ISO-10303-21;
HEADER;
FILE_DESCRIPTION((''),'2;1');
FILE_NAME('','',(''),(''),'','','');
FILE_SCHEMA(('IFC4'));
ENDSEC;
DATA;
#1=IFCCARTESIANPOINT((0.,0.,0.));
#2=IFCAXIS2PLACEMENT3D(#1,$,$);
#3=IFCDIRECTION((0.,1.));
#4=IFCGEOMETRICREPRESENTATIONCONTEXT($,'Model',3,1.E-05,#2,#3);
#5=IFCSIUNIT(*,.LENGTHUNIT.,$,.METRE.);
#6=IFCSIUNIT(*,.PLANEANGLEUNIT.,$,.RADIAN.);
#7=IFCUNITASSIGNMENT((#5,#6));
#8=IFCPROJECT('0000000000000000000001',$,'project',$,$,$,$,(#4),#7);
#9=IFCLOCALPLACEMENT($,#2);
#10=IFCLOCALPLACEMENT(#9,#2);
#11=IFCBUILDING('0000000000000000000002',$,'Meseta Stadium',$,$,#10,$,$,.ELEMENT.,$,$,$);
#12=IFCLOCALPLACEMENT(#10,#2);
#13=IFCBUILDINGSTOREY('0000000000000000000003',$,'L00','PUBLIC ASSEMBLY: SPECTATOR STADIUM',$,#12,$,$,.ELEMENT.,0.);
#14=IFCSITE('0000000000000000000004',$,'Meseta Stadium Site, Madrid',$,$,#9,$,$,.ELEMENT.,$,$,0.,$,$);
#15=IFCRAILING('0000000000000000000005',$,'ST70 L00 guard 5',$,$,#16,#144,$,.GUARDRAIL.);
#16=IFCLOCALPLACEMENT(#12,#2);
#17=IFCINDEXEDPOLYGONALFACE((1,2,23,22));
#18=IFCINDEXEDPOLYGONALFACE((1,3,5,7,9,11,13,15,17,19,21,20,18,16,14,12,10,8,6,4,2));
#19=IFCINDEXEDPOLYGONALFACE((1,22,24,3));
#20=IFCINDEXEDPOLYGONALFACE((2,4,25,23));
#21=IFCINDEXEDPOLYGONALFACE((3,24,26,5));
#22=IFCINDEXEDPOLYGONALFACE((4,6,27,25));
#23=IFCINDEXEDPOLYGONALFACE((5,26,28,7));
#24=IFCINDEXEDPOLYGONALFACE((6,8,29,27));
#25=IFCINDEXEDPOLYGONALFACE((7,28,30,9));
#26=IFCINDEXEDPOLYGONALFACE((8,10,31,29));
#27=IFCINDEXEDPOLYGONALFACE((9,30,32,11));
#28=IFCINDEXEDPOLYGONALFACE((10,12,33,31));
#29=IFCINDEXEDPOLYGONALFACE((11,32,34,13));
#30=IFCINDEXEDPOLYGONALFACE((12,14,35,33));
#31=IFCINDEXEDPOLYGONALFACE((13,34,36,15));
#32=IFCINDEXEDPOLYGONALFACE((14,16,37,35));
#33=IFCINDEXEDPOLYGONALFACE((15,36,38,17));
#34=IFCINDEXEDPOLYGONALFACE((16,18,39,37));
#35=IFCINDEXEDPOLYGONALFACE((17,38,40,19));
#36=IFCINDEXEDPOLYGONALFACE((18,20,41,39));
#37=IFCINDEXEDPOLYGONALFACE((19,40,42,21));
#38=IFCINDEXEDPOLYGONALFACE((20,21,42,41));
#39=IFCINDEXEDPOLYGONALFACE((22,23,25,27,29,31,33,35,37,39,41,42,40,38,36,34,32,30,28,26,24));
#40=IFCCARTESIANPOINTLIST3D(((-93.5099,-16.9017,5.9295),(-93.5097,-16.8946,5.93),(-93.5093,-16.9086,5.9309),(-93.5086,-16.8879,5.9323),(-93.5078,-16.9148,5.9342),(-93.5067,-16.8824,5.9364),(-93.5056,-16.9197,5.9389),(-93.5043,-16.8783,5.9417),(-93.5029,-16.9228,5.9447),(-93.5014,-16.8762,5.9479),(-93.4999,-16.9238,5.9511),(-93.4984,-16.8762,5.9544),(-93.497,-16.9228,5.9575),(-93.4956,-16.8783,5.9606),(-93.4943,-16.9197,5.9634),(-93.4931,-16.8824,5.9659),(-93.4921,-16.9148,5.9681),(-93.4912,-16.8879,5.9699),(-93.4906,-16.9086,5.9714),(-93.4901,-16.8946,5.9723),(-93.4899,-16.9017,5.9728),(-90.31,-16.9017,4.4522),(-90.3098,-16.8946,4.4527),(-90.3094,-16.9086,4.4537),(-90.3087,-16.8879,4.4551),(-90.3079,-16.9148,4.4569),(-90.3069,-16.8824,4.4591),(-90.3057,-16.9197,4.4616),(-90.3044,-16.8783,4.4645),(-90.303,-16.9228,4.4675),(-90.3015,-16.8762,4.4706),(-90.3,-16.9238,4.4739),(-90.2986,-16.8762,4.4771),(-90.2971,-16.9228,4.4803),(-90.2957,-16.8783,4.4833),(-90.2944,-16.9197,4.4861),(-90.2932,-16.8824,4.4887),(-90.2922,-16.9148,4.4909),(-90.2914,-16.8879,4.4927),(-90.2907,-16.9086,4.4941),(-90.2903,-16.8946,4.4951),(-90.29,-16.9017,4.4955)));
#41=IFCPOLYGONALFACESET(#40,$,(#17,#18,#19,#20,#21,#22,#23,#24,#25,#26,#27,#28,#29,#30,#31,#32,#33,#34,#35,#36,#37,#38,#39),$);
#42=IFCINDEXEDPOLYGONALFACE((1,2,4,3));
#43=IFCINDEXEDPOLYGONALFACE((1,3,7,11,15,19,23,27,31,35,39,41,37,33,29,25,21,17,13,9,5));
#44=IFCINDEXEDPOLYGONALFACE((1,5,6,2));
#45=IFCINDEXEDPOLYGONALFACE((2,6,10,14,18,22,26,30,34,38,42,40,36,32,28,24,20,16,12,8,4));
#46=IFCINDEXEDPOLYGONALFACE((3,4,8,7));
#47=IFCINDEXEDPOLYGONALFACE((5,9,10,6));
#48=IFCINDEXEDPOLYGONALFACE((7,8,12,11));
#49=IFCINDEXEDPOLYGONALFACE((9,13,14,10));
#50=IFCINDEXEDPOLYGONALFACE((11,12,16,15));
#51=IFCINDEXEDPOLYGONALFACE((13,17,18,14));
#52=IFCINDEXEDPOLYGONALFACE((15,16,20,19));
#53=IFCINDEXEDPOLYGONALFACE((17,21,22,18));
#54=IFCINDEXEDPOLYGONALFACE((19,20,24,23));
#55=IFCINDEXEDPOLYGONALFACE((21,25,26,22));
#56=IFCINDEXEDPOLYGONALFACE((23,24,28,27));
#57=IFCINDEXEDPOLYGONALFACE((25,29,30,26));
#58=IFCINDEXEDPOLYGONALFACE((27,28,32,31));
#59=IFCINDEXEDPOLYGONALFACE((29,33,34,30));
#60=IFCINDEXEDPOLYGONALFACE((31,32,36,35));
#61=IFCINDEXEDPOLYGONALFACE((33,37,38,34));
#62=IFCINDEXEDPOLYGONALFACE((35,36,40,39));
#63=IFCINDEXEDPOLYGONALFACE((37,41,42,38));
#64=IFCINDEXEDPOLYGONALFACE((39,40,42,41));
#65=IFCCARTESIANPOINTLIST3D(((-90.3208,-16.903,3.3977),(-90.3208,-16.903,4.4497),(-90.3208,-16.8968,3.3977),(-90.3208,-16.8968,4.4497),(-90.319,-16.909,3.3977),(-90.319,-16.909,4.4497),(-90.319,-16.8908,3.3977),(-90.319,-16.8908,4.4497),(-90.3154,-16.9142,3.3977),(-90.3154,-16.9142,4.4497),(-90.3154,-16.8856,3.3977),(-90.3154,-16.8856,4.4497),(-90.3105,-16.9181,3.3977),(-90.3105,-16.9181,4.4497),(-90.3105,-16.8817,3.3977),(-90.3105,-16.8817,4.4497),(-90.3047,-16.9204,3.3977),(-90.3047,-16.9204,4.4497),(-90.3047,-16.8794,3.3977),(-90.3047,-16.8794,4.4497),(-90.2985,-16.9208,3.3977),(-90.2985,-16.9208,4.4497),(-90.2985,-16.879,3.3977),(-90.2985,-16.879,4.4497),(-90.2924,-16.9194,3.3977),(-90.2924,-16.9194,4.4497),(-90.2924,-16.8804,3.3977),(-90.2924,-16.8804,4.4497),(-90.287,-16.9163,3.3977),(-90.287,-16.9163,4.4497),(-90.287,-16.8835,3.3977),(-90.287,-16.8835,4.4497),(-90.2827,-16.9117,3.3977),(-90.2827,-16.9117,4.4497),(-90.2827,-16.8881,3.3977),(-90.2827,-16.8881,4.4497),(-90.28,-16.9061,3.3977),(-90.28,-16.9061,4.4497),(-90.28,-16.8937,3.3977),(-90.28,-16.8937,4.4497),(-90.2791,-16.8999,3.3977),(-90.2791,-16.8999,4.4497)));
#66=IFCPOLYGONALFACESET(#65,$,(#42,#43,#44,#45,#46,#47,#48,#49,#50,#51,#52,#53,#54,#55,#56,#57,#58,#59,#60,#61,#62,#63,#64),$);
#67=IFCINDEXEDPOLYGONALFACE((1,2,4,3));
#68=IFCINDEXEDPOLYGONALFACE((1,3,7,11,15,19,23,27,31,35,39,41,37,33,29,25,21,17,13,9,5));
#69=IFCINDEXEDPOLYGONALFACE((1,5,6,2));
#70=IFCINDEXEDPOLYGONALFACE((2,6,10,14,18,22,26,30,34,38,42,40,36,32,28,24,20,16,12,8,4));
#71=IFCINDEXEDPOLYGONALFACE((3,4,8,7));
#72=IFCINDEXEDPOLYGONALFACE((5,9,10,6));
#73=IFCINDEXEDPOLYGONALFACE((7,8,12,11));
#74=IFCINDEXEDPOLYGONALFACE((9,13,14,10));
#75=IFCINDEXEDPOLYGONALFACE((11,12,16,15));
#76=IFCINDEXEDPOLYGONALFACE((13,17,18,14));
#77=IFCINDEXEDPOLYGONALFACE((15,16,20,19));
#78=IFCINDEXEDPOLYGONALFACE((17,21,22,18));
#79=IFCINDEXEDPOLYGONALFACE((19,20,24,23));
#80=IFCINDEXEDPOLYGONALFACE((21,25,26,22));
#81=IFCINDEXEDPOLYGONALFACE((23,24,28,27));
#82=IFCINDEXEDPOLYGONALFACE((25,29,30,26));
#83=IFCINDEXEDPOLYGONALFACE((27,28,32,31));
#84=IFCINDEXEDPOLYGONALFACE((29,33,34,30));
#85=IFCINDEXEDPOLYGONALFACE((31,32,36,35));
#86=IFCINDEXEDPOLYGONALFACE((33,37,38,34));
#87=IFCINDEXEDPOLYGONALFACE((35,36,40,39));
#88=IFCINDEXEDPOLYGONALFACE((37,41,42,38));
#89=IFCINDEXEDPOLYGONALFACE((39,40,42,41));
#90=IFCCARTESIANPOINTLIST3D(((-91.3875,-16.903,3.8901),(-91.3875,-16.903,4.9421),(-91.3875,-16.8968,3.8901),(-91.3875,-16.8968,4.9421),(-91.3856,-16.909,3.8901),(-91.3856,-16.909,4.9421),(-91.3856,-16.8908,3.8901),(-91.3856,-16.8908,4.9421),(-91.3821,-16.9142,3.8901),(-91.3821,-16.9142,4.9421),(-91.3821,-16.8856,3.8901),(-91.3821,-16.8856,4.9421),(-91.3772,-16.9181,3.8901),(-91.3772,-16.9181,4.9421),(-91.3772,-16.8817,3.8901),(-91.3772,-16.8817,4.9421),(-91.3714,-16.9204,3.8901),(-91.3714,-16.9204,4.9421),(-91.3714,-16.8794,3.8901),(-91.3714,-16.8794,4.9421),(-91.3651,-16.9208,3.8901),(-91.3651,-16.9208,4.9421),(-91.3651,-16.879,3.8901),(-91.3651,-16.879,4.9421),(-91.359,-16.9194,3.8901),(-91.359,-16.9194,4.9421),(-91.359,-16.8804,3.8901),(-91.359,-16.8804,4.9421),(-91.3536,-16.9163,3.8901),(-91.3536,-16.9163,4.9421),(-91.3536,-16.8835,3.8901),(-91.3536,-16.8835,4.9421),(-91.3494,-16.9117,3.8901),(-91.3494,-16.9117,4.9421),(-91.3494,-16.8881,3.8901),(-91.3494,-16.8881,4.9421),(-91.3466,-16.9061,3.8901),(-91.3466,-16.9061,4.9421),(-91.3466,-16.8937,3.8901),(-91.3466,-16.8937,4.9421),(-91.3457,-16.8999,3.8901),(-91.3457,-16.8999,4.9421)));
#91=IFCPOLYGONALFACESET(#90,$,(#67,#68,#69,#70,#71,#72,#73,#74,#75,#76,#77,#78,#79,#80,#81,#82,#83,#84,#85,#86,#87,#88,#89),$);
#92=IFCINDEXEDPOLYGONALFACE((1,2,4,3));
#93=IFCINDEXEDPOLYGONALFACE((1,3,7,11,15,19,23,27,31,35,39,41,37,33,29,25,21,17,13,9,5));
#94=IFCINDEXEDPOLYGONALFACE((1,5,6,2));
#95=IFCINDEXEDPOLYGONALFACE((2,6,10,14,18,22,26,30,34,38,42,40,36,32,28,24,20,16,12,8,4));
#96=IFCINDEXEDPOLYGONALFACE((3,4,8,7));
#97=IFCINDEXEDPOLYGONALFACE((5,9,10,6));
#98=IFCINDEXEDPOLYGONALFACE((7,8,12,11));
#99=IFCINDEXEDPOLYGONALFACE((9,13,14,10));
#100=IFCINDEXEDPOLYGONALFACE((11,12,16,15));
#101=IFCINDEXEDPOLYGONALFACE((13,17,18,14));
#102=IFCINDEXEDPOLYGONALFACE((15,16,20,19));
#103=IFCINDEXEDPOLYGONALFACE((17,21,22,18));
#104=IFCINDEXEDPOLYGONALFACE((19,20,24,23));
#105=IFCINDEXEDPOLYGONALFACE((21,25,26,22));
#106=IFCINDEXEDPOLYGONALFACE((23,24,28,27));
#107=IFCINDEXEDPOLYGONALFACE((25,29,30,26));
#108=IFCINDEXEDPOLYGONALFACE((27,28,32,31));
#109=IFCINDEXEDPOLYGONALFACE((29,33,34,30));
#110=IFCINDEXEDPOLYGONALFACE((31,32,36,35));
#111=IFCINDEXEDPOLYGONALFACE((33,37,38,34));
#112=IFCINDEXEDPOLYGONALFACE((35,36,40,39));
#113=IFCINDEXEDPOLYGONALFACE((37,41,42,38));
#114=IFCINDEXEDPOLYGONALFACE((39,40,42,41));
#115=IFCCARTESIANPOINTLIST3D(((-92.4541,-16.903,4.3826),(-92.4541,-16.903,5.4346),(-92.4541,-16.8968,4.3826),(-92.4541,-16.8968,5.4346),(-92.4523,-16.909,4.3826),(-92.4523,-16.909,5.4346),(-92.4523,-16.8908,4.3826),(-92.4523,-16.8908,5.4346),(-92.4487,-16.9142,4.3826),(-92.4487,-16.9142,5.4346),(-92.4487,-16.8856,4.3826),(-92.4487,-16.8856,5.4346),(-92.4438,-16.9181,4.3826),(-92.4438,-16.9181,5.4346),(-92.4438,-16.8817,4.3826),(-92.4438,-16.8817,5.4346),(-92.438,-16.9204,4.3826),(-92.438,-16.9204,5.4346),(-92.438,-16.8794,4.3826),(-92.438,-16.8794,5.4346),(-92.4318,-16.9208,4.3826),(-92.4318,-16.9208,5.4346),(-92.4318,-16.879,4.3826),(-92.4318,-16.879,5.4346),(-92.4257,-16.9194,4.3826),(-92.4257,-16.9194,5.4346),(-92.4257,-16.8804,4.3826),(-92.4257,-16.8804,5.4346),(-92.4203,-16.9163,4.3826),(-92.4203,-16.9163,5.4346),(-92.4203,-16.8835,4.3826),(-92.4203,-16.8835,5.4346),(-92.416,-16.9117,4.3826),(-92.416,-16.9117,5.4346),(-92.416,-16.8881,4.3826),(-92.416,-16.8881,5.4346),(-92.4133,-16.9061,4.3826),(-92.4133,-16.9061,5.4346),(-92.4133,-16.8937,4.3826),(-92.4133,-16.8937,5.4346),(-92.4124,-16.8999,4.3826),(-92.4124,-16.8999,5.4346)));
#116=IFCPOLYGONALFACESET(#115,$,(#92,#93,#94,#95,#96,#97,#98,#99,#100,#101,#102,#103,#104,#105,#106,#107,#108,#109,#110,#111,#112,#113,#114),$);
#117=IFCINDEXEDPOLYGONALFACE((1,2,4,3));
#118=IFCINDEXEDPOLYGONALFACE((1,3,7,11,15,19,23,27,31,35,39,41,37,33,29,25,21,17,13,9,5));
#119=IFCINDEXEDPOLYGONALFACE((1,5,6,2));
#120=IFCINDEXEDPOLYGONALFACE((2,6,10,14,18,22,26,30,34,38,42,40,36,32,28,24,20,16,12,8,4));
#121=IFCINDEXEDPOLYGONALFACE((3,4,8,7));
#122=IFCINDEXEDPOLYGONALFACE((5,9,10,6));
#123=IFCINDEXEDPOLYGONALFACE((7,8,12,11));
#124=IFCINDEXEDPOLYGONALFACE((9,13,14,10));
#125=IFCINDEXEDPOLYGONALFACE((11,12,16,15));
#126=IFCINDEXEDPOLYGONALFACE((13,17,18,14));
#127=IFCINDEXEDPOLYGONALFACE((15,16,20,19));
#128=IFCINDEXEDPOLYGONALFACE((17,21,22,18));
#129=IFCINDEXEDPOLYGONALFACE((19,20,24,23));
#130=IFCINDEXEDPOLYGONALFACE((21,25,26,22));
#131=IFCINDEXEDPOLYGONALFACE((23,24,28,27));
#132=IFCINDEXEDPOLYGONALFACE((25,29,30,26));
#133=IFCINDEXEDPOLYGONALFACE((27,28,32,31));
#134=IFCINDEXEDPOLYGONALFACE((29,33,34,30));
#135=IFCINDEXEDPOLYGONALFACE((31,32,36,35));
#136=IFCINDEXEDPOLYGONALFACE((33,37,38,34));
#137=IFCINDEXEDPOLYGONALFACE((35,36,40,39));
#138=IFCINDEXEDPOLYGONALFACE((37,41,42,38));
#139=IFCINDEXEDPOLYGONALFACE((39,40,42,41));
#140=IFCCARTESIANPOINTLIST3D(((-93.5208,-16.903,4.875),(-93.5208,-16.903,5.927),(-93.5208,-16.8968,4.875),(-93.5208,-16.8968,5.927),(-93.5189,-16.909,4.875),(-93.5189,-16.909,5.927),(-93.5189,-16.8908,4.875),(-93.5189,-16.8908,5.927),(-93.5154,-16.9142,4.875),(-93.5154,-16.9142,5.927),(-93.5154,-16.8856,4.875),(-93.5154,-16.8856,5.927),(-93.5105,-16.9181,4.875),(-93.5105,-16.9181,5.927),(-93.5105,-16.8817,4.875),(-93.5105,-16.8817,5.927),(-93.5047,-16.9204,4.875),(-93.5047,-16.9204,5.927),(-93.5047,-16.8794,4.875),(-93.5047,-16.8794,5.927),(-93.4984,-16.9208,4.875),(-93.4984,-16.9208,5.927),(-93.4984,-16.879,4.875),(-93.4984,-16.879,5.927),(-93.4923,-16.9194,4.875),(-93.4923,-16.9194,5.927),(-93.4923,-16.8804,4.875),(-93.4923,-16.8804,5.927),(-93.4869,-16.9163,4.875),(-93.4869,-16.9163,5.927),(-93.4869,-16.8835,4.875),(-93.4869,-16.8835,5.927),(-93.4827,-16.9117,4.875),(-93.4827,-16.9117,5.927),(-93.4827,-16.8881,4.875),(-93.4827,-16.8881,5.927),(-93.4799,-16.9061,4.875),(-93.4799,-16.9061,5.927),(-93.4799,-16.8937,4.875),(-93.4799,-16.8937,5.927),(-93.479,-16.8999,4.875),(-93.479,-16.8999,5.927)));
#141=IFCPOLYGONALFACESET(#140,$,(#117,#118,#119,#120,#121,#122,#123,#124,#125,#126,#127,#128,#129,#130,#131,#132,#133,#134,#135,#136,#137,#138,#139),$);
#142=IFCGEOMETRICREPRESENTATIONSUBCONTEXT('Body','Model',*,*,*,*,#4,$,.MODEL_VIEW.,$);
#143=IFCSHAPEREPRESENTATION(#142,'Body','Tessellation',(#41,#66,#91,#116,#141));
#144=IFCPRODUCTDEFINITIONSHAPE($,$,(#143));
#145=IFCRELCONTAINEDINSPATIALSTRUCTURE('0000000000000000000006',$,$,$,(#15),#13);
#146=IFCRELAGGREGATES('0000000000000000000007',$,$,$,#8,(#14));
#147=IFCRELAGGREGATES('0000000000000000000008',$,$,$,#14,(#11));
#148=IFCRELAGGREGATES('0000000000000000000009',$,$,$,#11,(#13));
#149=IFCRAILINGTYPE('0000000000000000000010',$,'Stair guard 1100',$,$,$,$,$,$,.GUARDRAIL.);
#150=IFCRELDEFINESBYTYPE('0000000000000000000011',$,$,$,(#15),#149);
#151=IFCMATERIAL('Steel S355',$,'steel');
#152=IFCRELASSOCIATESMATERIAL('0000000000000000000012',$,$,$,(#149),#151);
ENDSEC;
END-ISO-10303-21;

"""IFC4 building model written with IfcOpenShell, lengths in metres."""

from ifc_helpers import new_model, si_unit, direction, frame, origin, origin_2d, place, context, subcontext, project, spatial, circle, extrude, material, type_object, element, save


model = new_model("IFC4")

# Units and contexts
model_context = context("Model", 3, precision=1e-05, world=origin(), true_north=direction((0.0, 1.0)))
body_context = subcontext(model_context, "Body", "Model", "MODEL_VIEW")
ifc_project = project(units=[si_unit("LENGTHUNIT", "METRE"), si_unit("PLANEANGLEUNIT", "RADIAN")], contexts=[model_context])

# Site, building, storey
site_placement = place(None, origin())
site = spatial("IfcSite", under=ifc_project, at=site_placement, Name="Meseta Stadium Site, Madrid", CompositionType="ELEMENT", RefElevation=0.0)
building_placement = place(site_placement, origin())
building = spatial("IfcBuilding", under=site, at=building_placement, Name="Meseta Stadium", CompositionType="ELEMENT")
storey_placement = place(building_placement, origin())
storey = spatial("IfcBuildingStorey", under=building, at=storey_placement, Name="L00", Description="PUBLIC ASSEMBLY: SPECTATOR STADIUM", CompositionType="ELEMENT", Elevation=0.0)

# Railing
ifc_material_1 = material(Name="Steel S355", Category="steel")
railing_type_1 = type_object("IfcRailingType", Name="Stair guard 1100", PredefinedType="GUARDRAIL", material=ifc_material_1)
railing_1_placement = place(storey_placement, frame((-90.3, -16.8999, 3.3977)))
element("IfcRailing", 1, at=railing_1_placement, inside=storey, type_object=railing_type_1, Name="ST70 L00 guard 5", PredefinedType="GUARDRAIL", context=body_context, shape_type="SweptSolid", body=[
    extrude(circle(Radius=0.0239, at=origin_2d()), frame((0.0, 0.0, 1.0762), z_axis=(-0.907917, 0.0, 0.41915), x_axis=(0.0, -1.0, 0.0)), (0.0, 0.0, 1.0), 3.5244),
    extrude(circle(Radius=0.021, at=origin_2d()), origin(), (0.0, 0.0, 1.0), 1.052),
    extrude(circle(Radius=0.021, at=origin_2d()), frame((-1.0667, 0.0, 0.4924)), (0.0, 0.0, 1.0), 1.052),
    extrude(circle(Radius=0.021, at=origin_2d()), frame((-2.1333, 0.0, 0.9849)), (0.0, 0.0, 1.0), 1.052),
    extrude(circle(Radius=0.021, at=origin_2d()), frame((-3.2, 0.0, 1.4773)), (0.0, 0.0, 1.0), 1.052),
])

save(model, "model.ifc")
